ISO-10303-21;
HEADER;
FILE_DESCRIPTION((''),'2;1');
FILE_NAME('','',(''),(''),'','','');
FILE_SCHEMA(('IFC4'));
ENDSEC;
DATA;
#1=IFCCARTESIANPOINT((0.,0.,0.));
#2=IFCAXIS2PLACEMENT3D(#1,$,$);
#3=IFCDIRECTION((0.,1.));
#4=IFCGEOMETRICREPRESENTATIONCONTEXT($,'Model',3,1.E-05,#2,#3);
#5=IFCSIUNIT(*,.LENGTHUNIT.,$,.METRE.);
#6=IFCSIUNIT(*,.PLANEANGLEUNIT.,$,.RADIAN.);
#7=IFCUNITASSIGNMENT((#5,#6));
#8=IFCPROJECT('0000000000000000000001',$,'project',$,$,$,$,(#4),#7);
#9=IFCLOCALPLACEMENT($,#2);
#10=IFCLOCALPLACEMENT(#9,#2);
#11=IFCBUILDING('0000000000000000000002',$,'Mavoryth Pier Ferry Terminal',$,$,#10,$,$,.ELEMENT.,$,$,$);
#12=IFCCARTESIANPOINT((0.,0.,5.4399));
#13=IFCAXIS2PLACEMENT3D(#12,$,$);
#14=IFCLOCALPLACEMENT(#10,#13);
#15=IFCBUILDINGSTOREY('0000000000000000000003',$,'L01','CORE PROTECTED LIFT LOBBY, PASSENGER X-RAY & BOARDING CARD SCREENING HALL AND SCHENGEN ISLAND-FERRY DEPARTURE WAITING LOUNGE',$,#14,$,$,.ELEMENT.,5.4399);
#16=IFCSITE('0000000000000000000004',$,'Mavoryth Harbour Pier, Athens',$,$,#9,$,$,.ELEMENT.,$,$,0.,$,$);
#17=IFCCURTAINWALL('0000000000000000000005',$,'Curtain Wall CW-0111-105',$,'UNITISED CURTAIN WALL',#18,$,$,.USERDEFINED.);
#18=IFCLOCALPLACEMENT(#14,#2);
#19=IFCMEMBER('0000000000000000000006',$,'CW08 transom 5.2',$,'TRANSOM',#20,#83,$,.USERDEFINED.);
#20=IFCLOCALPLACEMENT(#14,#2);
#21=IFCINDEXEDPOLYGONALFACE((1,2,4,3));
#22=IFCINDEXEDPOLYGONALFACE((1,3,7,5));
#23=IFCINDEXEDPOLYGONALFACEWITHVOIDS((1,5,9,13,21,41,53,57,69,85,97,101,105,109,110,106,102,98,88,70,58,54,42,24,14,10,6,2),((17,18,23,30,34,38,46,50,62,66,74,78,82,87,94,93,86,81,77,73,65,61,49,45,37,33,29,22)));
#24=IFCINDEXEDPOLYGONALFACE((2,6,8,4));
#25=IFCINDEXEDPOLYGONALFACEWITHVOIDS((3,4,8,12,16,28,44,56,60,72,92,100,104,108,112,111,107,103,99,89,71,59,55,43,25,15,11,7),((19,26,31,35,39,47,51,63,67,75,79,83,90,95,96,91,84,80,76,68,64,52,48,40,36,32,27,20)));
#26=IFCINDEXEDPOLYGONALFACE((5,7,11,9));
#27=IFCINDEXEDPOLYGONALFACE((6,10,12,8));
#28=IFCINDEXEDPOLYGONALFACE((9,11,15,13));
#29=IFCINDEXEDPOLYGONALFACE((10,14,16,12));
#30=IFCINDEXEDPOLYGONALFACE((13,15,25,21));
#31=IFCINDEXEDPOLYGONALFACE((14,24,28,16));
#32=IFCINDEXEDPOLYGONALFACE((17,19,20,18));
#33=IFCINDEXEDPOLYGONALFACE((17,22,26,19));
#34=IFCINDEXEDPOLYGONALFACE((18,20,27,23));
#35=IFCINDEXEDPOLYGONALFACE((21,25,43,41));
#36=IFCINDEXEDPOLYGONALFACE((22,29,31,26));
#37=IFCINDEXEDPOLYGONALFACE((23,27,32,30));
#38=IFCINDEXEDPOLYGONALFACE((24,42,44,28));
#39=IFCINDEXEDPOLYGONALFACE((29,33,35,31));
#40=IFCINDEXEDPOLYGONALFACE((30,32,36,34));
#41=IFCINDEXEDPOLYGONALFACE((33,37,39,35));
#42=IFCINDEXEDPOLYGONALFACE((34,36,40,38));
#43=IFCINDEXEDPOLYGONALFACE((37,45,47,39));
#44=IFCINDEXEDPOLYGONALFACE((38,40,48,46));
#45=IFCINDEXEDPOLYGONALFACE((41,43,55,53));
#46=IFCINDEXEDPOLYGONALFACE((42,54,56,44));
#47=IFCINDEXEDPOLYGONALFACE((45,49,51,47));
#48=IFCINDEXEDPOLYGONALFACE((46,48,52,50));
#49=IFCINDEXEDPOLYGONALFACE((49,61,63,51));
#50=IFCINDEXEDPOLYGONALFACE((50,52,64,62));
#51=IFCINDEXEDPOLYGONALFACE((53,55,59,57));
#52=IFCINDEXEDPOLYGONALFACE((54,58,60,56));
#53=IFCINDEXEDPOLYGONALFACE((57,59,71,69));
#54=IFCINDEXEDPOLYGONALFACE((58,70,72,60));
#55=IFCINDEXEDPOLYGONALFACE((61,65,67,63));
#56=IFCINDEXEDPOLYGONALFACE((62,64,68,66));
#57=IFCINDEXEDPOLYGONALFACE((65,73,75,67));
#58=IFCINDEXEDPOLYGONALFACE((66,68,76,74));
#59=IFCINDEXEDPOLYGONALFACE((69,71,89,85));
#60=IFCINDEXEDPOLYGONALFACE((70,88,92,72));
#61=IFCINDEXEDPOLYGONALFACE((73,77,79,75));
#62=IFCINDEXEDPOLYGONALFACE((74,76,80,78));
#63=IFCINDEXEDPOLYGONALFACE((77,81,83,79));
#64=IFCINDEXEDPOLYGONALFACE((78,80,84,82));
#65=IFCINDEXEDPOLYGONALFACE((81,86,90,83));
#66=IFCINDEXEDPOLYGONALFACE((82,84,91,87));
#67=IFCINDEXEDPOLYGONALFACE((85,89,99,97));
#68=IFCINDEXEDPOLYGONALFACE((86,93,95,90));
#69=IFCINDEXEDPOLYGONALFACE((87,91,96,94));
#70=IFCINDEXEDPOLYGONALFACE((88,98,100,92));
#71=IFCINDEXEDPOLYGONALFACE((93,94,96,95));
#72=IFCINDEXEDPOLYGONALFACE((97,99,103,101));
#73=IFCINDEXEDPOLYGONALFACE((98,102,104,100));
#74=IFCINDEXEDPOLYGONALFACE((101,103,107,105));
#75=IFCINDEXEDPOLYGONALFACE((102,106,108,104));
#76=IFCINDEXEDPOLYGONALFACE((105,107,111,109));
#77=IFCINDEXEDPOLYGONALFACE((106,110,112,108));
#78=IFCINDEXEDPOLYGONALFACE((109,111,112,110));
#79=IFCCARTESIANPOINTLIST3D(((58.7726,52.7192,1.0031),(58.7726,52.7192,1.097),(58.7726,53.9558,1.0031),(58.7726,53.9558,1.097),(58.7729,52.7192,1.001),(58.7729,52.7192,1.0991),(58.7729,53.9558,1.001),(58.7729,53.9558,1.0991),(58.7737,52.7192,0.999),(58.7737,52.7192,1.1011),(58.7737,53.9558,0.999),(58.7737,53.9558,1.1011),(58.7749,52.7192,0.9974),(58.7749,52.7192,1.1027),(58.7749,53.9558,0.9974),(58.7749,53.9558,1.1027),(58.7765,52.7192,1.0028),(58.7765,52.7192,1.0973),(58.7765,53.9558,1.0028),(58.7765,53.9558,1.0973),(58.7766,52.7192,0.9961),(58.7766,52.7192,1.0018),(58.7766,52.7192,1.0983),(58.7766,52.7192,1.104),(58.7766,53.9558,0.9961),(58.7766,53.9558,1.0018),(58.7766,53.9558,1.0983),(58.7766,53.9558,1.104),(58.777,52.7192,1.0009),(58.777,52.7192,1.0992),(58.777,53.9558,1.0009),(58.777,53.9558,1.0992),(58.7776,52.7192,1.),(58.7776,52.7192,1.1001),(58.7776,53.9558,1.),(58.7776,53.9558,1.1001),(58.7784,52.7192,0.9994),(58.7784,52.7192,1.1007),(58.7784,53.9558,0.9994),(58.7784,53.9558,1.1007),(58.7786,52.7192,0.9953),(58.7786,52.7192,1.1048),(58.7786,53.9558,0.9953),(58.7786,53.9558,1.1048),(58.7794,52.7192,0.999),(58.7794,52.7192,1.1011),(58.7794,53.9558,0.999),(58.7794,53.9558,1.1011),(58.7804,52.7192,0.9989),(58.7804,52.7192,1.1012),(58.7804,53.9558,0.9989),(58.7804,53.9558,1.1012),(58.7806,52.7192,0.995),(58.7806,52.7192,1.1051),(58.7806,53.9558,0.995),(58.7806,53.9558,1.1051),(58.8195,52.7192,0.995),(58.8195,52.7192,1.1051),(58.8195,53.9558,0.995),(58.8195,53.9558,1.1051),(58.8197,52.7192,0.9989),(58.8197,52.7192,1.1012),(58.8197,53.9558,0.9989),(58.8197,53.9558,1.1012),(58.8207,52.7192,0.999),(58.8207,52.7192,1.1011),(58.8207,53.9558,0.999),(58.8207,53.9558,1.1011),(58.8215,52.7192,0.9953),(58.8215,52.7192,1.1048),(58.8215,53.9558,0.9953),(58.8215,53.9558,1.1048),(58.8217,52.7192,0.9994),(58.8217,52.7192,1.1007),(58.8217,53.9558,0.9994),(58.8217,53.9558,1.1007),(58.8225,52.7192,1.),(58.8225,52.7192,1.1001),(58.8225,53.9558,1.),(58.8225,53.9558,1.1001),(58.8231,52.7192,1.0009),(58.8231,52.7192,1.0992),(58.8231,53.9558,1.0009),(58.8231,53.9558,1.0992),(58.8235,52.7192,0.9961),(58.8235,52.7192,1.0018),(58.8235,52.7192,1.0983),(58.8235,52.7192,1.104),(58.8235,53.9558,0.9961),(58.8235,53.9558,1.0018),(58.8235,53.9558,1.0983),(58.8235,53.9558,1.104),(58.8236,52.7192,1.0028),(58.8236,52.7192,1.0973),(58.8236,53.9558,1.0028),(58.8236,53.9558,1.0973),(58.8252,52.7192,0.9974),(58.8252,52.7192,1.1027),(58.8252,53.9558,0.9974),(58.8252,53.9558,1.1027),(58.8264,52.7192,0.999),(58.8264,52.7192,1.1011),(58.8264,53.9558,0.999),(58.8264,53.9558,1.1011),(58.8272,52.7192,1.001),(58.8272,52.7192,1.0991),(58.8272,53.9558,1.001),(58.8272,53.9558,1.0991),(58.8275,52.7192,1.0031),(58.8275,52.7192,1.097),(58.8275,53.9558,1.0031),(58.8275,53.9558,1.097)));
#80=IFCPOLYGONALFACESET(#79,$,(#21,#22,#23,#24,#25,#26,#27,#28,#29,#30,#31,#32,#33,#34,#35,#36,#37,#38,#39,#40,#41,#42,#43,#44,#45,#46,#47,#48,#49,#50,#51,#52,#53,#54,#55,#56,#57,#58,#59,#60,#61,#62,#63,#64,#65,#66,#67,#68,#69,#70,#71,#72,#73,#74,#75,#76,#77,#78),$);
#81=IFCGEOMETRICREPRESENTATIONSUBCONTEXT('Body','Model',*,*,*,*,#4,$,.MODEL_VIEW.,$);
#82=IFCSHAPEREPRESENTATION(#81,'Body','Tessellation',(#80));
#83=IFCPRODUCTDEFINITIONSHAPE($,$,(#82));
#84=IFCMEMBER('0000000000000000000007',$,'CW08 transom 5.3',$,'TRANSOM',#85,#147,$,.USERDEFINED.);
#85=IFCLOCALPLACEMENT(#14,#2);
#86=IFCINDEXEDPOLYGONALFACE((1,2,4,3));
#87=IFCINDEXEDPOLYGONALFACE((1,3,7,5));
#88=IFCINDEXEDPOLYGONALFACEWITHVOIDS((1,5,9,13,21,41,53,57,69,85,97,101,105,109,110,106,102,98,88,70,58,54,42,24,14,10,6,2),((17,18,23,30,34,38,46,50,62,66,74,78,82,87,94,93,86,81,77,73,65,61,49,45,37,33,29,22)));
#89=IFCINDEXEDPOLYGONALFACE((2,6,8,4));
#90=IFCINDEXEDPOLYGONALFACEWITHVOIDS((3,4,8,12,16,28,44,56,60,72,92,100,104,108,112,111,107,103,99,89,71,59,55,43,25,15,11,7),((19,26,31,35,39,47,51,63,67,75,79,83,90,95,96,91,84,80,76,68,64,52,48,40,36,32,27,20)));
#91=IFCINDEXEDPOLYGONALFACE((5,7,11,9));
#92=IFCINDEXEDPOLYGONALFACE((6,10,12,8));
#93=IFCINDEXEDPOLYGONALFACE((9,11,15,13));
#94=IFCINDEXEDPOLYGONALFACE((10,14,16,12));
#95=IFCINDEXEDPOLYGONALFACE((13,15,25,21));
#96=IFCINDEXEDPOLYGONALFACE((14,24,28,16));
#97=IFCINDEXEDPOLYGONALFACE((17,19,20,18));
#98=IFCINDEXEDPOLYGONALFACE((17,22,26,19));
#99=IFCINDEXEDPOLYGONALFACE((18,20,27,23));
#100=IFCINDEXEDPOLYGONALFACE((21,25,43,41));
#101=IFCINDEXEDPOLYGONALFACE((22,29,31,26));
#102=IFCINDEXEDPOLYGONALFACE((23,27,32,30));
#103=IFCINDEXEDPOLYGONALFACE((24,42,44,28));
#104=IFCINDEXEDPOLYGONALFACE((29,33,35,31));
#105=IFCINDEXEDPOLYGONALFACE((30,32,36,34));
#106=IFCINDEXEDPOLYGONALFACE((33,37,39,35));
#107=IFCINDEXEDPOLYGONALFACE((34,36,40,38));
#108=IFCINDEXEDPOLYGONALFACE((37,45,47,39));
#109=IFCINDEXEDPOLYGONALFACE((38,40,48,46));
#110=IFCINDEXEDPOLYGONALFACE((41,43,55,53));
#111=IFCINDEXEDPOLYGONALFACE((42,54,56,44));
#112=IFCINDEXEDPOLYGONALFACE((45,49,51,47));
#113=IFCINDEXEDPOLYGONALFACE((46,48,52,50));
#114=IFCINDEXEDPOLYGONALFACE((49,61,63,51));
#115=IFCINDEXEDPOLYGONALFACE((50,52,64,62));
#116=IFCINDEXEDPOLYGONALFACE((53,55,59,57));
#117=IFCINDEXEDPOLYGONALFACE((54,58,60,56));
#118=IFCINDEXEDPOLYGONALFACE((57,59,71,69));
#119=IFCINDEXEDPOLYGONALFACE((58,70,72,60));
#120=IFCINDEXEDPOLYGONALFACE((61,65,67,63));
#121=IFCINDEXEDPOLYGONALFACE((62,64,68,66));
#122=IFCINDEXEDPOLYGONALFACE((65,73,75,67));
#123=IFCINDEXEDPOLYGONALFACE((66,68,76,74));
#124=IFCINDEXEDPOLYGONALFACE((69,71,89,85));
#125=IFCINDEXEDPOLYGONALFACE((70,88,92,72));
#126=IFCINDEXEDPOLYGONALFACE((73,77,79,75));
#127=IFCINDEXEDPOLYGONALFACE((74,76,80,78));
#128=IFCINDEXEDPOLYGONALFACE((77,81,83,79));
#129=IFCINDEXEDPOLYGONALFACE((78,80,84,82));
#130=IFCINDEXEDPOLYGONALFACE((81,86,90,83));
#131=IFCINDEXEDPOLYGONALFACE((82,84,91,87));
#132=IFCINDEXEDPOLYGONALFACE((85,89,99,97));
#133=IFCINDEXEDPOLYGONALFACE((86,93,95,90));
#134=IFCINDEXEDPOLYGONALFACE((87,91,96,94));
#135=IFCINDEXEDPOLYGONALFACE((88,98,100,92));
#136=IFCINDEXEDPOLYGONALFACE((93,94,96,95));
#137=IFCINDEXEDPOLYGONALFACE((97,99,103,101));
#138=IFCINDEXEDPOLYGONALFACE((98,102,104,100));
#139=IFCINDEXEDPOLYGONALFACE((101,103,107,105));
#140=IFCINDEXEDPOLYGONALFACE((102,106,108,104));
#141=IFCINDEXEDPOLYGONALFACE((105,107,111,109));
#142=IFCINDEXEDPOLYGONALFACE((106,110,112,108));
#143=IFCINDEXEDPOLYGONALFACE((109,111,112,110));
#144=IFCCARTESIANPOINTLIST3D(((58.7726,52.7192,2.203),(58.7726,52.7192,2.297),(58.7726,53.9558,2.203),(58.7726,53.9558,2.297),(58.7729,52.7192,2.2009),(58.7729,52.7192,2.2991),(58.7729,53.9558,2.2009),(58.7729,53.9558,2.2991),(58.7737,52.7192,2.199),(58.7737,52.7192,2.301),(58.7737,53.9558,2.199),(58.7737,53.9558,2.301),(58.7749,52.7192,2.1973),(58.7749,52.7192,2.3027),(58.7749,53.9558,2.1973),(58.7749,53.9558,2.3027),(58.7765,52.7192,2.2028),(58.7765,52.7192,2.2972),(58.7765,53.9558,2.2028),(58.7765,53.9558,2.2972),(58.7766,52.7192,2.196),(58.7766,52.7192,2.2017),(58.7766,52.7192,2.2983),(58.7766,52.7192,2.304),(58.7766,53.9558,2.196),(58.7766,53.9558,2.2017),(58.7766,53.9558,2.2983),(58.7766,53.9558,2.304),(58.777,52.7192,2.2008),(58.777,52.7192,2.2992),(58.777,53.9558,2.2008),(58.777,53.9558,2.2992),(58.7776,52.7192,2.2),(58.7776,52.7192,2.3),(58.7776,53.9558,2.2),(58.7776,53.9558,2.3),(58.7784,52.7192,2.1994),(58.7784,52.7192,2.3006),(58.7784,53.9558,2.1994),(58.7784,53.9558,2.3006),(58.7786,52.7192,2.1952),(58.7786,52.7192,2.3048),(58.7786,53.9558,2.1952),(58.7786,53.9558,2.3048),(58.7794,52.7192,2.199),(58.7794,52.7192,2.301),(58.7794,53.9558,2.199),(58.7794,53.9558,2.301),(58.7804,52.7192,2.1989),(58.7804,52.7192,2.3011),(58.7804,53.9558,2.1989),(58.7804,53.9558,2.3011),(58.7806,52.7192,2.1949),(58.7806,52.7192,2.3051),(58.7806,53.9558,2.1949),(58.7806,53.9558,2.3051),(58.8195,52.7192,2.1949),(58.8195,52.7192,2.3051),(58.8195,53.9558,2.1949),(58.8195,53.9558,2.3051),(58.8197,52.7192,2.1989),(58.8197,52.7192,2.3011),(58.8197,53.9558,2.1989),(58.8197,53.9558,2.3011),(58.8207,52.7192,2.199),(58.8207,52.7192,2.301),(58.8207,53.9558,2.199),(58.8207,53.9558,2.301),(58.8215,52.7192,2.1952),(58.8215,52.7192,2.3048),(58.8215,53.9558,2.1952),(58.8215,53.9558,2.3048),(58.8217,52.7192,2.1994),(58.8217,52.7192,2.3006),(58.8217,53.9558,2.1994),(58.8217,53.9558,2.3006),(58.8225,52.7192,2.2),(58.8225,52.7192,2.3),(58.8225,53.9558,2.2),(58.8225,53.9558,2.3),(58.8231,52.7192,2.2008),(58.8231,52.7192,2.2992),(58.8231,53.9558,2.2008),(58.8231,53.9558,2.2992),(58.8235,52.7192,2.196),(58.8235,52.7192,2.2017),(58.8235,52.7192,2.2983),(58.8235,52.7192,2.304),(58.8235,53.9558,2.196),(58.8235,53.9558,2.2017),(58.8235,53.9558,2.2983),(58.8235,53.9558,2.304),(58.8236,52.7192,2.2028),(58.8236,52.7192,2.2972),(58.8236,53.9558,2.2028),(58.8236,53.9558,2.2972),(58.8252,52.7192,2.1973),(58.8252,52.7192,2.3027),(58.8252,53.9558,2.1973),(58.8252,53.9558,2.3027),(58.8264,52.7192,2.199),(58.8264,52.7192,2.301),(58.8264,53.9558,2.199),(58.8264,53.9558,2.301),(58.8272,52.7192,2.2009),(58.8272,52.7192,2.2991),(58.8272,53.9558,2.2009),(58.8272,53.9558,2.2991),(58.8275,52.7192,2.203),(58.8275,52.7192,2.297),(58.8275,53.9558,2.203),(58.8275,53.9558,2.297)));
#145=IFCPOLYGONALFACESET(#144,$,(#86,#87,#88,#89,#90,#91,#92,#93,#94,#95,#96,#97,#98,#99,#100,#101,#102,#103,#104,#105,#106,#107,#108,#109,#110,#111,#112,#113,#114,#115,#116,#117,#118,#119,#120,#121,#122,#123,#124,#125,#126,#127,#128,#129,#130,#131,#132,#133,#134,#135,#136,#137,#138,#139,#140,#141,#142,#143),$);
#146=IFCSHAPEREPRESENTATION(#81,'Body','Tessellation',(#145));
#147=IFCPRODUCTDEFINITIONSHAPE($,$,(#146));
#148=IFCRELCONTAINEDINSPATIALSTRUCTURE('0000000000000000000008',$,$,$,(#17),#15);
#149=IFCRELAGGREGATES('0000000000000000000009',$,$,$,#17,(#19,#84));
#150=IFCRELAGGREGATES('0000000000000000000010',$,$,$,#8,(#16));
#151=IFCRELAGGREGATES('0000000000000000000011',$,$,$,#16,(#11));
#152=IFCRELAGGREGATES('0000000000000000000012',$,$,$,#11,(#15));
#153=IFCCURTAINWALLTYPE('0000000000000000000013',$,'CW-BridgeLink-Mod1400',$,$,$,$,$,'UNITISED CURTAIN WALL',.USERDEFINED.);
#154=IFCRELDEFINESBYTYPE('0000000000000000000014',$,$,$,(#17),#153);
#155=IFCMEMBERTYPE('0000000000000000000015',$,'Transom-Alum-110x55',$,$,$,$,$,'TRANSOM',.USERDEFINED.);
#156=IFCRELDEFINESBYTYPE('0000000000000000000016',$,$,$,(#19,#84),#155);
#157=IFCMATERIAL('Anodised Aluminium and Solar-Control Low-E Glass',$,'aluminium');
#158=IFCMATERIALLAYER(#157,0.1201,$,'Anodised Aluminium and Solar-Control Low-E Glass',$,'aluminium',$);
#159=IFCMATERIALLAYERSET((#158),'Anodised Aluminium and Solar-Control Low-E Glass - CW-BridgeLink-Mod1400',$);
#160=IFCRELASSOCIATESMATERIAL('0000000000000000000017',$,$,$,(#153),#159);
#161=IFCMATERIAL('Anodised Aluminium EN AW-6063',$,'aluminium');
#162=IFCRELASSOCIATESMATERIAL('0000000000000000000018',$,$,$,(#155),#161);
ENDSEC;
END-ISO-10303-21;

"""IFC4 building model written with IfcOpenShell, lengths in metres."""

from ifc_helpers import new_model, si_unit, direction, frame, origin, origin_2d, place, context, subcontext, project, spatial, hollow_rectangle, extrude, material, layer, layer_set, material_profile, profile_set, type_object, element, aggregate, save


model = new_model("IFC4")

# Units and contexts
model_context = context("Model", 3, precision=1e-05, world=origin(), true_north=direction((0.0, 1.0)))
body_context = subcontext(model_context, "Body", "Model", "MODEL_VIEW")
ifc_project = project(units=[si_unit("LENGTHUNIT", "METRE"), si_unit("PLANEANGLEUNIT", "RADIAN")], contexts=[model_context])

# Site, building, storey
site_placement = place(None, origin())
site = spatial("IfcSite", under=ifc_project, at=site_placement, Name="Mavoryth Harbour Pier, Athens", CompositionType="ELEMENT", RefElevation=0.0)
building_placement = place(site_placement, origin())
building = spatial("IfcBuilding", under=site, at=building_placement, Name="Mavoryth Pier Ferry Terminal", CompositionType="ELEMENT")
storey_placement = place(building_placement, frame((0.0, 0.0, 5.4399)))
storey = spatial("IfcBuildingStorey", under=building, at=storey_placement, Name="L01", Description="CORE PROTECTED LIFT LOBBY, PASSENGER X-RAY & BOARDING CARD SCREENING HALL AND SCHENGEN ISLAND-FERRY DEPARTURE WAITING LOUNGE", CompositionType="ELEMENT", Elevation=5.4399)

# Curtain wall, members
ifc_material_1 = material(Name="Anodised Aluminium and Solar-Control Low-E Glass", Category="aluminium")
ifc_layer_1 = layer(ifc_material_1, 0.1201, Name="Anodised Aluminium and Solar-Control Low-E Glass", Category="aluminium")
ifc_layer_set_1 = layer_set([ifc_layer_1], Name="Anodised Aluminium and Solar-Control Low-E Glass - CW-BridgeLink-Mod1400")
curtain_wall_type = type_object("IfcCurtainWallType", Name="CW-BridgeLink-Mod1400", ElementType="UNITISED CURTAIN WALL", PredefinedType="USERDEFINED", material=ifc_layer_set_1)
curtain_wall_placement = place(storey_placement, origin())
curtain_wall = element("IfcCurtainWall", 1, at=curtain_wall_placement, inside=storey, type_object=curtain_wall_type, Name="Curtain Wall CW-0111-105", ObjectType="UNITISED CURTAIN WALL", PredefinedType="USERDEFINED")
ifc_material_2 = material(Name="Anodised Aluminium EN AW-6063", Category="aluminium")
ifc_material_profile_1 = material_profile(ifc_material_2, hollow_rectangle(XDim=0.0549, YDim=0.1101, WallThickness=0.0039, InnerFilletRadius=0.0039, OuterFilletRadius=0.0081, at=origin_2d()), Name="AL-TRAN 110x55x4", Category="aluminium")
ifc_profile_set_1 = profile_set([ifc_material_profile_1], Name="Anodised Aluminium EN AW-6063 - AL-TRAN 110x55x4")
member_type_1 = type_object("IfcMemberType", Name="Transom-Alum-110x55", ElementType="TRANSOM", PredefinedType="USERDEFINED", material=ifc_profile_set_1)
member_1_placement = place(storey_placement, frame((58.8, 52.7192, 1.05), z_axis=(0.0, 1.0, 0.0), x_axis=(-1.0, 0.0, 0.0)))
member_1 = element("IfcMember", 2, at=member_1_placement, type_object=member_type_1, Name="CW08 transom 5.2", ObjectType="TRANSOM", PredefinedType="USERDEFINED", context=body_context, shape_type="SweptSolid", body=[
    extrude(hollow_rectangle(XDim=0.0549, YDim=0.1101, WallThickness=0.0039, InnerFilletRadius=0.0039, OuterFilletRadius=0.0081, at=origin_2d()), origin(), (0.0, 0.0, 1.0), 1.2366),
])
member_2_placement = place(storey_placement, frame((58.8, 52.7192, 2.25), z_axis=(0.0, 1.0, 0.0), x_axis=(-1.0, 0.0, 0.0)))
member_2 = element("IfcMember", 3, at=member_2_placement, type_object=member_type_1, Name="CW08 transom 5.3", ObjectType="TRANSOM", PredefinedType="USERDEFINED", context=body_context, shape_type="SweptSolid", body=[
    extrude(hollow_rectangle(XDim=0.0549, YDim=0.1101, WallThickness=0.0039, InnerFilletRadius=0.0039, OuterFilletRadius=0.0081, at=origin_2d()), origin(), (0.0, 0.0, 1.0), 1.2366),
])
aggregate(curtain_wall, [member_1, member_2])

save(model, "model.ifc")
